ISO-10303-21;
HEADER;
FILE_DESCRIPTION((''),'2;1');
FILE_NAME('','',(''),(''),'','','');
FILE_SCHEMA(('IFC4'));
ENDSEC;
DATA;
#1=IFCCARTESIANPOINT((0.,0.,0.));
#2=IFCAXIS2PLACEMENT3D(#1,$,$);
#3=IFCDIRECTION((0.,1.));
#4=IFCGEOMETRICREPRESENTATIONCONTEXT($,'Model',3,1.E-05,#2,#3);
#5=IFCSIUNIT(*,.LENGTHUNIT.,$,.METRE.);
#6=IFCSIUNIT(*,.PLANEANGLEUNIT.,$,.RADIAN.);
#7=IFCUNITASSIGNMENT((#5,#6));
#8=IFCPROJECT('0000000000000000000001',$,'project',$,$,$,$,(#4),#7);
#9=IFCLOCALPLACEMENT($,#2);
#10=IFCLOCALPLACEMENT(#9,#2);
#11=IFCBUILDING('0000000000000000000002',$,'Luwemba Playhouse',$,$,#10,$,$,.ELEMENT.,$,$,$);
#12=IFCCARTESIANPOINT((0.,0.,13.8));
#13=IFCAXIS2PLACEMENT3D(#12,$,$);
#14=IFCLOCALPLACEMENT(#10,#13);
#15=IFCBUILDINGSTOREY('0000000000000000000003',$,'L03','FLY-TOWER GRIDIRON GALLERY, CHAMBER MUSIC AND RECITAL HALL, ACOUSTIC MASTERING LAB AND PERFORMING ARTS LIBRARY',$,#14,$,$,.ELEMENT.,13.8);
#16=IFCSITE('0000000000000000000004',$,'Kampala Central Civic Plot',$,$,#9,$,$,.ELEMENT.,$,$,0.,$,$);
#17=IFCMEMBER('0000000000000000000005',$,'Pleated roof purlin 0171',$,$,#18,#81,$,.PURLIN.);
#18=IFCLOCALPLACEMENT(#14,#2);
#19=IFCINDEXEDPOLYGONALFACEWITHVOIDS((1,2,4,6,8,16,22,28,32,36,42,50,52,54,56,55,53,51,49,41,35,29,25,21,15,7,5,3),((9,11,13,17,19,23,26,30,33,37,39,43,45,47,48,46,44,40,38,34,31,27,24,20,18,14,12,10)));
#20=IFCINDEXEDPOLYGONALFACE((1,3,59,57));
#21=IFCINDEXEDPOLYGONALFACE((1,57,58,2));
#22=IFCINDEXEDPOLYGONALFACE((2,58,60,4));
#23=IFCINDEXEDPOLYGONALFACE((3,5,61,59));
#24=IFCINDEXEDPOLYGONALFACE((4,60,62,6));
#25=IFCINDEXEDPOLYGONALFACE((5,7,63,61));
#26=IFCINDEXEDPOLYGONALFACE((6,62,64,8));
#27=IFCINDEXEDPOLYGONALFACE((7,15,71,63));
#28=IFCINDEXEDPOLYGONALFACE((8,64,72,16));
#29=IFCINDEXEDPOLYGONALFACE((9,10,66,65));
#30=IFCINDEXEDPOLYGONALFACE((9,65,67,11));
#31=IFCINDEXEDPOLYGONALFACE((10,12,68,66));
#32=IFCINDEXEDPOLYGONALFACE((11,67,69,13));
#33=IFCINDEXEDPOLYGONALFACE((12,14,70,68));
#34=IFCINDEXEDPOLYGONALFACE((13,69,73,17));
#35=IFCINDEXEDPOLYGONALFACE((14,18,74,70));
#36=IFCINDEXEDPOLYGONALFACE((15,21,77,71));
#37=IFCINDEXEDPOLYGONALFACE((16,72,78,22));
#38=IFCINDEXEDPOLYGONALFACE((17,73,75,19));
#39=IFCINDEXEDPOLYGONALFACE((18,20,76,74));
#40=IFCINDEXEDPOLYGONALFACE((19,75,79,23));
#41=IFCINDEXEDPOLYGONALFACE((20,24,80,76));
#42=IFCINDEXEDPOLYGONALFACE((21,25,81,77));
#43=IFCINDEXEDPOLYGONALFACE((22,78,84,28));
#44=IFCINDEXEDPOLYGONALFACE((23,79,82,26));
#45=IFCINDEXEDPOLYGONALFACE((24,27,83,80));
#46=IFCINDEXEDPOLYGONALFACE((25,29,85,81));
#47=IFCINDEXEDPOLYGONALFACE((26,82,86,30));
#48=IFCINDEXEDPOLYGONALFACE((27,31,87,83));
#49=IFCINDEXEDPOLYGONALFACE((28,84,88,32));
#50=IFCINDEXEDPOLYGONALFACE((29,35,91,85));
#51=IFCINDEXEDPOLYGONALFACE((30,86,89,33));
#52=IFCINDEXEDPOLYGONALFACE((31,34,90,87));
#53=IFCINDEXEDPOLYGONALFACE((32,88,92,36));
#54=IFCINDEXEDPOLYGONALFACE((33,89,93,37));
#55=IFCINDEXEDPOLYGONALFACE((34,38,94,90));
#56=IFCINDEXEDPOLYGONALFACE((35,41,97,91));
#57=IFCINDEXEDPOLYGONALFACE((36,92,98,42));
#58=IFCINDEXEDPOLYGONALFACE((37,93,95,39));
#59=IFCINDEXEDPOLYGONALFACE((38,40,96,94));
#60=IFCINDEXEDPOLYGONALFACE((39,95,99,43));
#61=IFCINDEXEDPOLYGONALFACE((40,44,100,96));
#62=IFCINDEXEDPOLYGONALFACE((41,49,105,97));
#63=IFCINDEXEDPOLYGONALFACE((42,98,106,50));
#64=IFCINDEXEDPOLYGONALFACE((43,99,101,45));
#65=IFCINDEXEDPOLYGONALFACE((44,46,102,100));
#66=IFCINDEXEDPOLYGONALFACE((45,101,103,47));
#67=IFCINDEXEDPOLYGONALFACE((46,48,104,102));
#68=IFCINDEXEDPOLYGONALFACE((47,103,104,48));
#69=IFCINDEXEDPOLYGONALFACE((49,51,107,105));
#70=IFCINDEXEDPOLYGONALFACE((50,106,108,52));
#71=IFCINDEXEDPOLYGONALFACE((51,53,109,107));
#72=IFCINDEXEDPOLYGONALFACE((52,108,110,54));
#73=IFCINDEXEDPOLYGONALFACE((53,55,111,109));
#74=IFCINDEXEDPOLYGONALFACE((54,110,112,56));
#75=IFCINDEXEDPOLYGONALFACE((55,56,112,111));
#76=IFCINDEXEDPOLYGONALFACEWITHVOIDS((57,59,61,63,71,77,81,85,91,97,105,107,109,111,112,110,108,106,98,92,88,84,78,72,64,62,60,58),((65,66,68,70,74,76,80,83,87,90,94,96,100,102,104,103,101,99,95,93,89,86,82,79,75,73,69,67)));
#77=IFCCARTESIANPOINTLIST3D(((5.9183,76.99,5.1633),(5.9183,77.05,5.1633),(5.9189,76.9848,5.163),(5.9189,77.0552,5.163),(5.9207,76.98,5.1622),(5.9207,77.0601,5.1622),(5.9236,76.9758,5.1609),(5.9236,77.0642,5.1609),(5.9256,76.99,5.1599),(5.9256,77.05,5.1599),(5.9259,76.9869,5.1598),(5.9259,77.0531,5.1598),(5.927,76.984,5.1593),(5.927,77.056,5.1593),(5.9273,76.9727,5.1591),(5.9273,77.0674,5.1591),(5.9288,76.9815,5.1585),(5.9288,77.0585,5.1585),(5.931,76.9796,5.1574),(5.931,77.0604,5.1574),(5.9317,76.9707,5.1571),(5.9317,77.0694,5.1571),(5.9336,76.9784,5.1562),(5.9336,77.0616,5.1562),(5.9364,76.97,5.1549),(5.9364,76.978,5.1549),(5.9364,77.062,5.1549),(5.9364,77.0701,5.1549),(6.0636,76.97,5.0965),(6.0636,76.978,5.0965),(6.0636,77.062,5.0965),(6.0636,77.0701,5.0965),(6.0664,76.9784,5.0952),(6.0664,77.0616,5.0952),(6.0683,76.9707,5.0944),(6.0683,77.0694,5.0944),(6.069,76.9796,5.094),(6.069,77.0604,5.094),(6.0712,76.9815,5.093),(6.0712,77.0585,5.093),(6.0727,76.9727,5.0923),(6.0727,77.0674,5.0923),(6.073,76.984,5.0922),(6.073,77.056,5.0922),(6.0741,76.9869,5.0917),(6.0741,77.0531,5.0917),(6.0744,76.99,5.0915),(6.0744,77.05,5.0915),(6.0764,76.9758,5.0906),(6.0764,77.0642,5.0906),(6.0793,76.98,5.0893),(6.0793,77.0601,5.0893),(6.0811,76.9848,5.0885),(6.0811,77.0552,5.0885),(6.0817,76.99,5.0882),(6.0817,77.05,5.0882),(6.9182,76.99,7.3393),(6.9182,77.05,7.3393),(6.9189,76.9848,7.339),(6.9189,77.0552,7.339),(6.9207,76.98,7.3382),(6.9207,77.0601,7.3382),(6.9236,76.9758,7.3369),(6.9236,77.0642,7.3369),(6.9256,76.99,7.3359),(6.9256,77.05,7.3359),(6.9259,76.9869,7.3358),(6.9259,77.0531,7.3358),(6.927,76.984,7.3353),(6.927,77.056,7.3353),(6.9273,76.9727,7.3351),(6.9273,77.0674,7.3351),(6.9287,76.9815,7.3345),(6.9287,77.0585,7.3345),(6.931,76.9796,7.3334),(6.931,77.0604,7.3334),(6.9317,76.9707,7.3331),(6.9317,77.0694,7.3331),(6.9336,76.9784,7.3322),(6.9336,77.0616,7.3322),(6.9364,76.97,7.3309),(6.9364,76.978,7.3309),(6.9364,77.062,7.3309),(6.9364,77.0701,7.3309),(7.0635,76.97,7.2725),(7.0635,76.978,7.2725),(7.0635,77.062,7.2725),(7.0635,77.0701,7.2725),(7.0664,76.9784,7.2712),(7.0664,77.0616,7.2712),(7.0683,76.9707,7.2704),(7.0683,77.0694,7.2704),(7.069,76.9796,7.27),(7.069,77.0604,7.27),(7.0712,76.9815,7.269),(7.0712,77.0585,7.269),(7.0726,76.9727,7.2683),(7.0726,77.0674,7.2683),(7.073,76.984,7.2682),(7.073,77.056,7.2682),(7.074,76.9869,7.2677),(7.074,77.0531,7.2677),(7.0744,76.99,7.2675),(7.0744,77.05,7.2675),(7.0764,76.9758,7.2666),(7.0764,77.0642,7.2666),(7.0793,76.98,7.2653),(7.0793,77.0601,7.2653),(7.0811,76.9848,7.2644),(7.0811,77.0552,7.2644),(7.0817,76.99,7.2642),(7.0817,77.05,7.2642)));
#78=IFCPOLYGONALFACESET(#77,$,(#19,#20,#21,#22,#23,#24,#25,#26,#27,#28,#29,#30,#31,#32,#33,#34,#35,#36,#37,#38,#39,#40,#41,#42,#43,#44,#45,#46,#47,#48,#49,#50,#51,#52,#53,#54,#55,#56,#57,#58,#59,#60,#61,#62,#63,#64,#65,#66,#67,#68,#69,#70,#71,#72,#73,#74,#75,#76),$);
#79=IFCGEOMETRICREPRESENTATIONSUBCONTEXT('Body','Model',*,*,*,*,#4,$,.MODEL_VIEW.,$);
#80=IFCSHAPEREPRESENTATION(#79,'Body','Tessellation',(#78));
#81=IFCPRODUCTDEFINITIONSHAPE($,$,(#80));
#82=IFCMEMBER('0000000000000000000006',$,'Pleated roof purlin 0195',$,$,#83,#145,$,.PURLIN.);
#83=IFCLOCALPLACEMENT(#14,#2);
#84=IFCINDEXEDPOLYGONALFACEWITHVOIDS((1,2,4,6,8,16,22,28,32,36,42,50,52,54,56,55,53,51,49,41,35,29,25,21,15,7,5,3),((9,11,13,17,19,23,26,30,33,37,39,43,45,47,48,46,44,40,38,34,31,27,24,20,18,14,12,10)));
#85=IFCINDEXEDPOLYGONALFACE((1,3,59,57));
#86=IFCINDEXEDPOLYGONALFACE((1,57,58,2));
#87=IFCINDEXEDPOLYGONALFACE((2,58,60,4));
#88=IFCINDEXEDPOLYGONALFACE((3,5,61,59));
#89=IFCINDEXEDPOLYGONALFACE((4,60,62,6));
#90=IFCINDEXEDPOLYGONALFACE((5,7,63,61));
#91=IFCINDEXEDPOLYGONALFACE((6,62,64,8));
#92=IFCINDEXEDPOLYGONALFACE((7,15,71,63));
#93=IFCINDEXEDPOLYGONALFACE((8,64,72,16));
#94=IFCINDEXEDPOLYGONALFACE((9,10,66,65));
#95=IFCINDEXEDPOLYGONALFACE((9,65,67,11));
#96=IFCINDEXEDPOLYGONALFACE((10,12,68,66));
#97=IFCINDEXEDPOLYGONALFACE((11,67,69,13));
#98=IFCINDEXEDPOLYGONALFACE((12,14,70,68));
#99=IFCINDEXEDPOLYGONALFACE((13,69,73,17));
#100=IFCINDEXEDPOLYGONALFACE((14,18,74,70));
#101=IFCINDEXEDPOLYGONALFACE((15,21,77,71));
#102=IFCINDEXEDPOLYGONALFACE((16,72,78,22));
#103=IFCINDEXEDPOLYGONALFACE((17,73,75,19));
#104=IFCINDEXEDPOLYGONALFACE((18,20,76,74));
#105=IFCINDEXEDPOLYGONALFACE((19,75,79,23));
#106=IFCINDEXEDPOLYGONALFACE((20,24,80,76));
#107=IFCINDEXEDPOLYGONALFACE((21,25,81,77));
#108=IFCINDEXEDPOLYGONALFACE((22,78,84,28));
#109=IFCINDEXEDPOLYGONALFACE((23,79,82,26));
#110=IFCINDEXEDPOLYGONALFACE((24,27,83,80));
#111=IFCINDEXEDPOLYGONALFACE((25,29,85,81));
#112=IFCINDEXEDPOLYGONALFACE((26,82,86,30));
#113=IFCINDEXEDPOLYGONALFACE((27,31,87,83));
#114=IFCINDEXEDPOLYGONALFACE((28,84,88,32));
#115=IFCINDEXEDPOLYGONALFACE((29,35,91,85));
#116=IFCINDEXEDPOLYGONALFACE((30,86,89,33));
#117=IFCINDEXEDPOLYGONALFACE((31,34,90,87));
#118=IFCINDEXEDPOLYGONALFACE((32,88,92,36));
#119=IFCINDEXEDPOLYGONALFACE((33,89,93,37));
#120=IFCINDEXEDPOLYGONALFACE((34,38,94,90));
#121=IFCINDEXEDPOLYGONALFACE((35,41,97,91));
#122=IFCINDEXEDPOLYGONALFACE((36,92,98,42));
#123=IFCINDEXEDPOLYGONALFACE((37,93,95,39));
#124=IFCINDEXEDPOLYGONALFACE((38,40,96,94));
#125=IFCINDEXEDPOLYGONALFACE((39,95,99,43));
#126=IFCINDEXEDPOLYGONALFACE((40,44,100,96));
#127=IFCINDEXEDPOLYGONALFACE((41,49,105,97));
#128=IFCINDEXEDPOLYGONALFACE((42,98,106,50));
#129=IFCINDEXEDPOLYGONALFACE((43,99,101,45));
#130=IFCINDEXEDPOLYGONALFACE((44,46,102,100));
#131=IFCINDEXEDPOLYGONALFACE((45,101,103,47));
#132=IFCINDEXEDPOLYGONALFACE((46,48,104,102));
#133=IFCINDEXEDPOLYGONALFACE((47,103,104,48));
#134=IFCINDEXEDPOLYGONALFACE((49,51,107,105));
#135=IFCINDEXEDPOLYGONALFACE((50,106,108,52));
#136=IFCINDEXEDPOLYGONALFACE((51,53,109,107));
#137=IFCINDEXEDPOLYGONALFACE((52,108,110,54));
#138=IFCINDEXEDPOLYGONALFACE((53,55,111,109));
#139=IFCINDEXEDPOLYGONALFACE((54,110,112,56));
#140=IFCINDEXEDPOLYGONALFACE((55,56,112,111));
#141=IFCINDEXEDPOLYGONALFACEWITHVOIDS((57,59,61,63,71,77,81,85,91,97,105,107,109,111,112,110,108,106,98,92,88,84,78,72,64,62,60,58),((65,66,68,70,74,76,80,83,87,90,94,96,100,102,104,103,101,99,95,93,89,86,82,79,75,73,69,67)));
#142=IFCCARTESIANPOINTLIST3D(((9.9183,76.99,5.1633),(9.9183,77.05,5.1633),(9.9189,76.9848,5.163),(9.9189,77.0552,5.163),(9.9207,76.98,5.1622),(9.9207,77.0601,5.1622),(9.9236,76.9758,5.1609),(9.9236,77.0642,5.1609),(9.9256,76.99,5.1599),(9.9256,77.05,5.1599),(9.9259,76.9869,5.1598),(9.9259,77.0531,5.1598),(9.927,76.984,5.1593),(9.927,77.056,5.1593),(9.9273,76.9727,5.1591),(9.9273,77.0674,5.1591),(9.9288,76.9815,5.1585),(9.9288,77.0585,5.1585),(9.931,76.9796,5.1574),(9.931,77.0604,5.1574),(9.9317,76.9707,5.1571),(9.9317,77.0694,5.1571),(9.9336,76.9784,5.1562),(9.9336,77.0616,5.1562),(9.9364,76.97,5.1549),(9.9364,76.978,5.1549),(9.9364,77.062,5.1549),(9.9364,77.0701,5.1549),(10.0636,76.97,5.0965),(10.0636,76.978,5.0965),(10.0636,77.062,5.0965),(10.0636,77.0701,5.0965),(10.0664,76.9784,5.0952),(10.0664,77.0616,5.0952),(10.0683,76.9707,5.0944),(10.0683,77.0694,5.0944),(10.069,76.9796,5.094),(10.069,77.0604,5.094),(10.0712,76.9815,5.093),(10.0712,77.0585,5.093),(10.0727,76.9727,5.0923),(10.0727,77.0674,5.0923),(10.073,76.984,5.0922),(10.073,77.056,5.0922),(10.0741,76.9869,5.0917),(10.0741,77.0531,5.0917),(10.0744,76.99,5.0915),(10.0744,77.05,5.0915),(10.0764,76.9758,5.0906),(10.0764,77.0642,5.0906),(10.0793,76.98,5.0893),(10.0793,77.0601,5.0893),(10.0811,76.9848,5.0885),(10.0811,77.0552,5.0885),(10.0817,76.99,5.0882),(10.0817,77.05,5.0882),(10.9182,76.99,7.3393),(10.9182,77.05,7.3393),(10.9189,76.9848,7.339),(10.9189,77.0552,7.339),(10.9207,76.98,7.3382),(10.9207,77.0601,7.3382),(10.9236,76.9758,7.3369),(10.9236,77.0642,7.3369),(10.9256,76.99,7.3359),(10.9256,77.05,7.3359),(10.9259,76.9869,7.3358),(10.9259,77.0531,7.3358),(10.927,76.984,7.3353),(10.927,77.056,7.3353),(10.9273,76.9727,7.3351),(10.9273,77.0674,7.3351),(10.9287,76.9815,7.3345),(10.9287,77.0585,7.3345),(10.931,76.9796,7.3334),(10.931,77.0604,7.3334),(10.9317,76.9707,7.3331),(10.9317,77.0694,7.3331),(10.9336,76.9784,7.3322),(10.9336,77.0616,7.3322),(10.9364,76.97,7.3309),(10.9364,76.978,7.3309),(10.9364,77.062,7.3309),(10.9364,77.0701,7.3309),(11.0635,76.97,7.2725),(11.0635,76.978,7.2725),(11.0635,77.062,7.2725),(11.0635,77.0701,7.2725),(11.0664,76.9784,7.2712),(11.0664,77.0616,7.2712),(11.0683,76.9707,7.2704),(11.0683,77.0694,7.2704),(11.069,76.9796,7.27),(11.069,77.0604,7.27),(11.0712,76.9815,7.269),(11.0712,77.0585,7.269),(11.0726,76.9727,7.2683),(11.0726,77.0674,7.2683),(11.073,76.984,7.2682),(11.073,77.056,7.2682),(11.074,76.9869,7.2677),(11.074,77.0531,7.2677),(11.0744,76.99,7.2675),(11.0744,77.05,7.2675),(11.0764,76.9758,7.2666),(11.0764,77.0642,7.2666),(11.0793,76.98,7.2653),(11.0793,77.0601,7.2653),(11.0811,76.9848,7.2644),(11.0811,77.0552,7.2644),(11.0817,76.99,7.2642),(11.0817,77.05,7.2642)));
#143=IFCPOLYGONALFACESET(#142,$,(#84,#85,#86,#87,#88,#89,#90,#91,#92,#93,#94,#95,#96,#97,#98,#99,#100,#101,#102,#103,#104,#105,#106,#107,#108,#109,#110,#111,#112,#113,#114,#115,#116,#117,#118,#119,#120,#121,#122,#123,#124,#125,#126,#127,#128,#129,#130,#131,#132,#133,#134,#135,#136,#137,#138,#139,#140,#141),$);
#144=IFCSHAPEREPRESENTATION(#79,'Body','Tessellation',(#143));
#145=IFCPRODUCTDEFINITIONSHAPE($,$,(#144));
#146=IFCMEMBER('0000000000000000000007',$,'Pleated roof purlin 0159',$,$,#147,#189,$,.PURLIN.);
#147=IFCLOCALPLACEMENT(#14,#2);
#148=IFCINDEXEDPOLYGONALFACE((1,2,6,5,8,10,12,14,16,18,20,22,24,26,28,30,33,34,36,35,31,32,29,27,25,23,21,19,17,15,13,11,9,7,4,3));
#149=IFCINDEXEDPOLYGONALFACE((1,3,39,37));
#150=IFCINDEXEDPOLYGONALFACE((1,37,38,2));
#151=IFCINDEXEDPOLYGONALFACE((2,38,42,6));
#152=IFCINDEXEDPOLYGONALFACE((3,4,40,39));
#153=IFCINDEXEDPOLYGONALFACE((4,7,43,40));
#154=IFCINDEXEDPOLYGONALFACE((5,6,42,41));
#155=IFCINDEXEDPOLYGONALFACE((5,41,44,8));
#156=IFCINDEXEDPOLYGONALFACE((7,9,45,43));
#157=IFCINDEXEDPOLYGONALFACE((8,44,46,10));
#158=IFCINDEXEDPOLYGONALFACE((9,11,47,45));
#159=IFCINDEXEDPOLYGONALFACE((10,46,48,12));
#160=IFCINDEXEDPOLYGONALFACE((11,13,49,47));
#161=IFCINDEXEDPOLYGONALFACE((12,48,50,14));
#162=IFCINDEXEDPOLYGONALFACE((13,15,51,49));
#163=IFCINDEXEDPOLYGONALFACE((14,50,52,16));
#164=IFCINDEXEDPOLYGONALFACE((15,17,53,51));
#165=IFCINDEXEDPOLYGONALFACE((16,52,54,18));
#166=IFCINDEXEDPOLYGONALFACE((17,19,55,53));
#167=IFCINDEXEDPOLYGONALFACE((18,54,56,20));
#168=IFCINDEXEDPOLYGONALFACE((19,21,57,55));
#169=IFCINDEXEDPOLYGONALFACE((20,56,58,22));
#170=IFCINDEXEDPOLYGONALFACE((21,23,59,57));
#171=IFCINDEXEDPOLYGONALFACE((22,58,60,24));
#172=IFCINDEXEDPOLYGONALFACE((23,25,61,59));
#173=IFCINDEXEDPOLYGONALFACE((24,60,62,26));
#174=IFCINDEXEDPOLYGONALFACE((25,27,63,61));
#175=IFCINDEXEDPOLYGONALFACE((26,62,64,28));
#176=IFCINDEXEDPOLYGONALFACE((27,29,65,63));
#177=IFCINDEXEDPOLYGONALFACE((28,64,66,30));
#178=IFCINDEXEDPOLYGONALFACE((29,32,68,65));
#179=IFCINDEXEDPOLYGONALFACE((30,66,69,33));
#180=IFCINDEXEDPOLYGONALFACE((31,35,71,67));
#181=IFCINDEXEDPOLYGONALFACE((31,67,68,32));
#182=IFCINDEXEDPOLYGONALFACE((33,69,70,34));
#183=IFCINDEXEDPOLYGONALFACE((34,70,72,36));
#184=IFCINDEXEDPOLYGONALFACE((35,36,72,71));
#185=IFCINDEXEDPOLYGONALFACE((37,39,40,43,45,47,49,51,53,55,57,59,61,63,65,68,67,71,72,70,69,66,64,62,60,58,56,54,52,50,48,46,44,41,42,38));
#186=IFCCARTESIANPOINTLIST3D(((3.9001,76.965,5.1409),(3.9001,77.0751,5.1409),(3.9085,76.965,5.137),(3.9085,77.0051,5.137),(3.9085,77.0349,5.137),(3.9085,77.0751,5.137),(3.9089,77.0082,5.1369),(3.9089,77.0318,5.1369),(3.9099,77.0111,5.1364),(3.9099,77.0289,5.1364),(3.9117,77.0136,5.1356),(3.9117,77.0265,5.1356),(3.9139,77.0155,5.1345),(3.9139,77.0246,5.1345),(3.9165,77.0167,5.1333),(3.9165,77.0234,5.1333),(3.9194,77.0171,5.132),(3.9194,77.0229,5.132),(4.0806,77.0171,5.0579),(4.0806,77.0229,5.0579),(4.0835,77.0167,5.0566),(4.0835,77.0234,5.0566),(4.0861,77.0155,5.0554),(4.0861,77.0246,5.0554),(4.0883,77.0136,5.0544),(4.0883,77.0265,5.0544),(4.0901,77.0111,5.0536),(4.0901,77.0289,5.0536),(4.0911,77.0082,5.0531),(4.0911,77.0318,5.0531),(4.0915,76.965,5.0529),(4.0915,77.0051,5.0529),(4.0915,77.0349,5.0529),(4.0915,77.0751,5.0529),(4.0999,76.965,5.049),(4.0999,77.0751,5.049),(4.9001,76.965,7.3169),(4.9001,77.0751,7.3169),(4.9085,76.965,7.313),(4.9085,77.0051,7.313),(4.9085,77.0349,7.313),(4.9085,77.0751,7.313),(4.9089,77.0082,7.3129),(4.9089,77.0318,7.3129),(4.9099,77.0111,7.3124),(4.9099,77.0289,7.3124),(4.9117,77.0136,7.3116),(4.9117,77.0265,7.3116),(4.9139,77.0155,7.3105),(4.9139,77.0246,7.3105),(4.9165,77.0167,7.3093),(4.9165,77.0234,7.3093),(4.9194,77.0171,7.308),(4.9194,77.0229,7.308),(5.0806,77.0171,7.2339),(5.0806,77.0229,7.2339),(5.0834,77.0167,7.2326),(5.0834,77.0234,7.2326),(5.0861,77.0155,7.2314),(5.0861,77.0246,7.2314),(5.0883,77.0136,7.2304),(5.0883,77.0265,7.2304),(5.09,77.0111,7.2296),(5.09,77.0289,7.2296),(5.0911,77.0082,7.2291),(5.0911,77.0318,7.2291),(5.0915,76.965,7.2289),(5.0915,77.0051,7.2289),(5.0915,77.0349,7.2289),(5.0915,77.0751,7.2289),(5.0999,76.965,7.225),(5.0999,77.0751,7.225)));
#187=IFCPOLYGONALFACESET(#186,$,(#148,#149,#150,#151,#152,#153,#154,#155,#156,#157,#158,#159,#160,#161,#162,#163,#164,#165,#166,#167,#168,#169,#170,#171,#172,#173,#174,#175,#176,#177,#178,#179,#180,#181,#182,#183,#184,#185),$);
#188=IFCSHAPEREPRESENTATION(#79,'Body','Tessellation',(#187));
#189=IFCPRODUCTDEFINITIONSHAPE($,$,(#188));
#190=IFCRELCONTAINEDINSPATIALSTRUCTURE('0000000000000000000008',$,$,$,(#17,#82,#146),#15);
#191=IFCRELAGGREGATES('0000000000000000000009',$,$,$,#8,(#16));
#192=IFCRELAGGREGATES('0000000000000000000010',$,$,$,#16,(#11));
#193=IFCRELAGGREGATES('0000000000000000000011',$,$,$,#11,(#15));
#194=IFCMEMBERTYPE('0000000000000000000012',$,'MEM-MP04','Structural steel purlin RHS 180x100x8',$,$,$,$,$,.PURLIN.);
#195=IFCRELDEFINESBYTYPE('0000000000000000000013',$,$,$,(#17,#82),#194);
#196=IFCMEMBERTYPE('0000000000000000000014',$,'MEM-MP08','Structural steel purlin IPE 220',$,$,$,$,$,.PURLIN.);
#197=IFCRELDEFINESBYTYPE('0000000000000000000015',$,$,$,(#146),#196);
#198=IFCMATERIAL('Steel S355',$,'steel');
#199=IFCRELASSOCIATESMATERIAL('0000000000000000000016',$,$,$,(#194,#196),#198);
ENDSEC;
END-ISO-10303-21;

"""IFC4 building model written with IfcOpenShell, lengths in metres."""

from ifc_helpers import new_model, si_unit, direction, frame, origin, origin_2d, place, context, subcontext, project, spatial, hollow_rectangle, i_section, extrude, material, material_profile, profile_set, type_object, element, save


model = new_model("IFC4")

# Units and contexts
model_context = context("Model", 3, precision=1e-05, world=origin(), true_north=direction((0.0, 1.0)))
body_context = subcontext(model_context, "Body", "Model", "MODEL_VIEW")
ifc_project = project(units=[si_unit("LENGTHUNIT", "METRE"), si_unit("PLANEANGLEUNIT", "RADIAN")], contexts=[model_context])

# Site, building, storey
site_placement = place(None, origin())
site = spatial("IfcSite", under=ifc_project, at=site_placement, Name="Kampala Central Civic Plot", CompositionType="ELEMENT", RefElevation=0.0)
building_placement = place(site_placement, origin())
building = spatial("IfcBuilding", under=site, at=building_placement, Name="Luwemba Playhouse", CompositionType="ELEMENT")
storey_placement = place(building_placement, frame((0.0, 0.0, 13.8)))
storey = spatial("IfcBuildingStorey", under=building, at=storey_placement, Name="L03", Description="FLY-TOWER GRIDIRON GALLERY, CHAMBER MUSIC AND RECITAL HALL, ACOUSTIC MASTERING LAB AND PERFORMING ARTS LIBRARY", CompositionType="ELEMENT", Elevation=13.8)

# Shared definitions
ifc_material_1 = material(Name="Steel S355", Category="steel")

# Members
ifc_material_profile_1 = material_profile(ifc_material_1, hollow_rectangle(XDim=0.1001, YDim=0.1799, WallThickness=0.0081, InnerFilletRadius=0.012, OuterFilletRadius=0.02, at=origin_2d()))
ifc_profile_set_1 = profile_set([ifc_material_profile_1], Name="Steel S355")
member_type_1 = type_object("IfcMemberType", Name="MEM-MP04", Description="Structural steel purlin RHS 180x100x8", PredefinedType="PURLIN", material=ifc_profile_set_1)
for number, where, z_axis, x_axis, name in (
    (1, (6.0, 77.02, 5.1257), (0.417571, 0.0, 0.908644), (0.0, 1.0, 0.0), "Pleated roof purlin 0171"),
    (2, (10.0, 77.02, 5.1257), (0.417571, 0.0, 0.908644), (0.0, 1.0, 0.0), "Pleated roof purlin 0195"),
):
    element("IfcMember", number, at=place(storey_placement, frame(where, z_axis=z_axis, x_axis=x_axis)), inside=storey, type_object=member_type_1, Name=name, PredefinedType="PURLIN", context=body_context, shape_type="SweptSolid", body=[
        extrude(hollow_rectangle(XDim=0.1001, YDim=0.1799, WallThickness=0.0081, InnerFilletRadius=0.012, OuterFilletRadius=0.02, at=origin_2d()), origin(), (0.0, 0.0, 1.0), 2.3948),
    ])
ifc_material_profile_2 = material_profile(ifc_material_1, i_section(OverallWidth=0.1101, OverallDepth=0.22, WebThickness=0.0059, FlangeThickness=0.0093, FilletRadius=0.012, at=origin_2d()))
ifc_profile_set_2 = profile_set([ifc_material_profile_2], Name="Steel S355")
member_type_2 = type_object("IfcMemberType", Name="MEM-MP08", Description="Structural steel purlin IPE 220", PredefinedType="PURLIN", material=ifc_profile_set_2)
for number, where, z_axis, x_axis, name in (
    (3, (4.0, 77.02, 5.095), (0.417571, 0.0, 0.908644), (0.0, 1.0, 0.0), "Pleated roof purlin 0159"),
):
    element("IfcMember", number, at=place(storey_placement, frame(where, z_axis=z_axis, x_axis=x_axis)), inside=storey, type_object=member_type_2, Name=name, PredefinedType="PURLIN", context=body_context, shape_type="SweptSolid", body=[
        extrude(i_section(OverallWidth=0.1101, OverallDepth=0.22, WebThickness=0.0059, FlangeThickness=0.0093, FilletRadius=0.012, at=origin_2d()), origin(), (0.0, 0.0, 1.0), 2.3948),
    ])

save(model, "model.ifc")
